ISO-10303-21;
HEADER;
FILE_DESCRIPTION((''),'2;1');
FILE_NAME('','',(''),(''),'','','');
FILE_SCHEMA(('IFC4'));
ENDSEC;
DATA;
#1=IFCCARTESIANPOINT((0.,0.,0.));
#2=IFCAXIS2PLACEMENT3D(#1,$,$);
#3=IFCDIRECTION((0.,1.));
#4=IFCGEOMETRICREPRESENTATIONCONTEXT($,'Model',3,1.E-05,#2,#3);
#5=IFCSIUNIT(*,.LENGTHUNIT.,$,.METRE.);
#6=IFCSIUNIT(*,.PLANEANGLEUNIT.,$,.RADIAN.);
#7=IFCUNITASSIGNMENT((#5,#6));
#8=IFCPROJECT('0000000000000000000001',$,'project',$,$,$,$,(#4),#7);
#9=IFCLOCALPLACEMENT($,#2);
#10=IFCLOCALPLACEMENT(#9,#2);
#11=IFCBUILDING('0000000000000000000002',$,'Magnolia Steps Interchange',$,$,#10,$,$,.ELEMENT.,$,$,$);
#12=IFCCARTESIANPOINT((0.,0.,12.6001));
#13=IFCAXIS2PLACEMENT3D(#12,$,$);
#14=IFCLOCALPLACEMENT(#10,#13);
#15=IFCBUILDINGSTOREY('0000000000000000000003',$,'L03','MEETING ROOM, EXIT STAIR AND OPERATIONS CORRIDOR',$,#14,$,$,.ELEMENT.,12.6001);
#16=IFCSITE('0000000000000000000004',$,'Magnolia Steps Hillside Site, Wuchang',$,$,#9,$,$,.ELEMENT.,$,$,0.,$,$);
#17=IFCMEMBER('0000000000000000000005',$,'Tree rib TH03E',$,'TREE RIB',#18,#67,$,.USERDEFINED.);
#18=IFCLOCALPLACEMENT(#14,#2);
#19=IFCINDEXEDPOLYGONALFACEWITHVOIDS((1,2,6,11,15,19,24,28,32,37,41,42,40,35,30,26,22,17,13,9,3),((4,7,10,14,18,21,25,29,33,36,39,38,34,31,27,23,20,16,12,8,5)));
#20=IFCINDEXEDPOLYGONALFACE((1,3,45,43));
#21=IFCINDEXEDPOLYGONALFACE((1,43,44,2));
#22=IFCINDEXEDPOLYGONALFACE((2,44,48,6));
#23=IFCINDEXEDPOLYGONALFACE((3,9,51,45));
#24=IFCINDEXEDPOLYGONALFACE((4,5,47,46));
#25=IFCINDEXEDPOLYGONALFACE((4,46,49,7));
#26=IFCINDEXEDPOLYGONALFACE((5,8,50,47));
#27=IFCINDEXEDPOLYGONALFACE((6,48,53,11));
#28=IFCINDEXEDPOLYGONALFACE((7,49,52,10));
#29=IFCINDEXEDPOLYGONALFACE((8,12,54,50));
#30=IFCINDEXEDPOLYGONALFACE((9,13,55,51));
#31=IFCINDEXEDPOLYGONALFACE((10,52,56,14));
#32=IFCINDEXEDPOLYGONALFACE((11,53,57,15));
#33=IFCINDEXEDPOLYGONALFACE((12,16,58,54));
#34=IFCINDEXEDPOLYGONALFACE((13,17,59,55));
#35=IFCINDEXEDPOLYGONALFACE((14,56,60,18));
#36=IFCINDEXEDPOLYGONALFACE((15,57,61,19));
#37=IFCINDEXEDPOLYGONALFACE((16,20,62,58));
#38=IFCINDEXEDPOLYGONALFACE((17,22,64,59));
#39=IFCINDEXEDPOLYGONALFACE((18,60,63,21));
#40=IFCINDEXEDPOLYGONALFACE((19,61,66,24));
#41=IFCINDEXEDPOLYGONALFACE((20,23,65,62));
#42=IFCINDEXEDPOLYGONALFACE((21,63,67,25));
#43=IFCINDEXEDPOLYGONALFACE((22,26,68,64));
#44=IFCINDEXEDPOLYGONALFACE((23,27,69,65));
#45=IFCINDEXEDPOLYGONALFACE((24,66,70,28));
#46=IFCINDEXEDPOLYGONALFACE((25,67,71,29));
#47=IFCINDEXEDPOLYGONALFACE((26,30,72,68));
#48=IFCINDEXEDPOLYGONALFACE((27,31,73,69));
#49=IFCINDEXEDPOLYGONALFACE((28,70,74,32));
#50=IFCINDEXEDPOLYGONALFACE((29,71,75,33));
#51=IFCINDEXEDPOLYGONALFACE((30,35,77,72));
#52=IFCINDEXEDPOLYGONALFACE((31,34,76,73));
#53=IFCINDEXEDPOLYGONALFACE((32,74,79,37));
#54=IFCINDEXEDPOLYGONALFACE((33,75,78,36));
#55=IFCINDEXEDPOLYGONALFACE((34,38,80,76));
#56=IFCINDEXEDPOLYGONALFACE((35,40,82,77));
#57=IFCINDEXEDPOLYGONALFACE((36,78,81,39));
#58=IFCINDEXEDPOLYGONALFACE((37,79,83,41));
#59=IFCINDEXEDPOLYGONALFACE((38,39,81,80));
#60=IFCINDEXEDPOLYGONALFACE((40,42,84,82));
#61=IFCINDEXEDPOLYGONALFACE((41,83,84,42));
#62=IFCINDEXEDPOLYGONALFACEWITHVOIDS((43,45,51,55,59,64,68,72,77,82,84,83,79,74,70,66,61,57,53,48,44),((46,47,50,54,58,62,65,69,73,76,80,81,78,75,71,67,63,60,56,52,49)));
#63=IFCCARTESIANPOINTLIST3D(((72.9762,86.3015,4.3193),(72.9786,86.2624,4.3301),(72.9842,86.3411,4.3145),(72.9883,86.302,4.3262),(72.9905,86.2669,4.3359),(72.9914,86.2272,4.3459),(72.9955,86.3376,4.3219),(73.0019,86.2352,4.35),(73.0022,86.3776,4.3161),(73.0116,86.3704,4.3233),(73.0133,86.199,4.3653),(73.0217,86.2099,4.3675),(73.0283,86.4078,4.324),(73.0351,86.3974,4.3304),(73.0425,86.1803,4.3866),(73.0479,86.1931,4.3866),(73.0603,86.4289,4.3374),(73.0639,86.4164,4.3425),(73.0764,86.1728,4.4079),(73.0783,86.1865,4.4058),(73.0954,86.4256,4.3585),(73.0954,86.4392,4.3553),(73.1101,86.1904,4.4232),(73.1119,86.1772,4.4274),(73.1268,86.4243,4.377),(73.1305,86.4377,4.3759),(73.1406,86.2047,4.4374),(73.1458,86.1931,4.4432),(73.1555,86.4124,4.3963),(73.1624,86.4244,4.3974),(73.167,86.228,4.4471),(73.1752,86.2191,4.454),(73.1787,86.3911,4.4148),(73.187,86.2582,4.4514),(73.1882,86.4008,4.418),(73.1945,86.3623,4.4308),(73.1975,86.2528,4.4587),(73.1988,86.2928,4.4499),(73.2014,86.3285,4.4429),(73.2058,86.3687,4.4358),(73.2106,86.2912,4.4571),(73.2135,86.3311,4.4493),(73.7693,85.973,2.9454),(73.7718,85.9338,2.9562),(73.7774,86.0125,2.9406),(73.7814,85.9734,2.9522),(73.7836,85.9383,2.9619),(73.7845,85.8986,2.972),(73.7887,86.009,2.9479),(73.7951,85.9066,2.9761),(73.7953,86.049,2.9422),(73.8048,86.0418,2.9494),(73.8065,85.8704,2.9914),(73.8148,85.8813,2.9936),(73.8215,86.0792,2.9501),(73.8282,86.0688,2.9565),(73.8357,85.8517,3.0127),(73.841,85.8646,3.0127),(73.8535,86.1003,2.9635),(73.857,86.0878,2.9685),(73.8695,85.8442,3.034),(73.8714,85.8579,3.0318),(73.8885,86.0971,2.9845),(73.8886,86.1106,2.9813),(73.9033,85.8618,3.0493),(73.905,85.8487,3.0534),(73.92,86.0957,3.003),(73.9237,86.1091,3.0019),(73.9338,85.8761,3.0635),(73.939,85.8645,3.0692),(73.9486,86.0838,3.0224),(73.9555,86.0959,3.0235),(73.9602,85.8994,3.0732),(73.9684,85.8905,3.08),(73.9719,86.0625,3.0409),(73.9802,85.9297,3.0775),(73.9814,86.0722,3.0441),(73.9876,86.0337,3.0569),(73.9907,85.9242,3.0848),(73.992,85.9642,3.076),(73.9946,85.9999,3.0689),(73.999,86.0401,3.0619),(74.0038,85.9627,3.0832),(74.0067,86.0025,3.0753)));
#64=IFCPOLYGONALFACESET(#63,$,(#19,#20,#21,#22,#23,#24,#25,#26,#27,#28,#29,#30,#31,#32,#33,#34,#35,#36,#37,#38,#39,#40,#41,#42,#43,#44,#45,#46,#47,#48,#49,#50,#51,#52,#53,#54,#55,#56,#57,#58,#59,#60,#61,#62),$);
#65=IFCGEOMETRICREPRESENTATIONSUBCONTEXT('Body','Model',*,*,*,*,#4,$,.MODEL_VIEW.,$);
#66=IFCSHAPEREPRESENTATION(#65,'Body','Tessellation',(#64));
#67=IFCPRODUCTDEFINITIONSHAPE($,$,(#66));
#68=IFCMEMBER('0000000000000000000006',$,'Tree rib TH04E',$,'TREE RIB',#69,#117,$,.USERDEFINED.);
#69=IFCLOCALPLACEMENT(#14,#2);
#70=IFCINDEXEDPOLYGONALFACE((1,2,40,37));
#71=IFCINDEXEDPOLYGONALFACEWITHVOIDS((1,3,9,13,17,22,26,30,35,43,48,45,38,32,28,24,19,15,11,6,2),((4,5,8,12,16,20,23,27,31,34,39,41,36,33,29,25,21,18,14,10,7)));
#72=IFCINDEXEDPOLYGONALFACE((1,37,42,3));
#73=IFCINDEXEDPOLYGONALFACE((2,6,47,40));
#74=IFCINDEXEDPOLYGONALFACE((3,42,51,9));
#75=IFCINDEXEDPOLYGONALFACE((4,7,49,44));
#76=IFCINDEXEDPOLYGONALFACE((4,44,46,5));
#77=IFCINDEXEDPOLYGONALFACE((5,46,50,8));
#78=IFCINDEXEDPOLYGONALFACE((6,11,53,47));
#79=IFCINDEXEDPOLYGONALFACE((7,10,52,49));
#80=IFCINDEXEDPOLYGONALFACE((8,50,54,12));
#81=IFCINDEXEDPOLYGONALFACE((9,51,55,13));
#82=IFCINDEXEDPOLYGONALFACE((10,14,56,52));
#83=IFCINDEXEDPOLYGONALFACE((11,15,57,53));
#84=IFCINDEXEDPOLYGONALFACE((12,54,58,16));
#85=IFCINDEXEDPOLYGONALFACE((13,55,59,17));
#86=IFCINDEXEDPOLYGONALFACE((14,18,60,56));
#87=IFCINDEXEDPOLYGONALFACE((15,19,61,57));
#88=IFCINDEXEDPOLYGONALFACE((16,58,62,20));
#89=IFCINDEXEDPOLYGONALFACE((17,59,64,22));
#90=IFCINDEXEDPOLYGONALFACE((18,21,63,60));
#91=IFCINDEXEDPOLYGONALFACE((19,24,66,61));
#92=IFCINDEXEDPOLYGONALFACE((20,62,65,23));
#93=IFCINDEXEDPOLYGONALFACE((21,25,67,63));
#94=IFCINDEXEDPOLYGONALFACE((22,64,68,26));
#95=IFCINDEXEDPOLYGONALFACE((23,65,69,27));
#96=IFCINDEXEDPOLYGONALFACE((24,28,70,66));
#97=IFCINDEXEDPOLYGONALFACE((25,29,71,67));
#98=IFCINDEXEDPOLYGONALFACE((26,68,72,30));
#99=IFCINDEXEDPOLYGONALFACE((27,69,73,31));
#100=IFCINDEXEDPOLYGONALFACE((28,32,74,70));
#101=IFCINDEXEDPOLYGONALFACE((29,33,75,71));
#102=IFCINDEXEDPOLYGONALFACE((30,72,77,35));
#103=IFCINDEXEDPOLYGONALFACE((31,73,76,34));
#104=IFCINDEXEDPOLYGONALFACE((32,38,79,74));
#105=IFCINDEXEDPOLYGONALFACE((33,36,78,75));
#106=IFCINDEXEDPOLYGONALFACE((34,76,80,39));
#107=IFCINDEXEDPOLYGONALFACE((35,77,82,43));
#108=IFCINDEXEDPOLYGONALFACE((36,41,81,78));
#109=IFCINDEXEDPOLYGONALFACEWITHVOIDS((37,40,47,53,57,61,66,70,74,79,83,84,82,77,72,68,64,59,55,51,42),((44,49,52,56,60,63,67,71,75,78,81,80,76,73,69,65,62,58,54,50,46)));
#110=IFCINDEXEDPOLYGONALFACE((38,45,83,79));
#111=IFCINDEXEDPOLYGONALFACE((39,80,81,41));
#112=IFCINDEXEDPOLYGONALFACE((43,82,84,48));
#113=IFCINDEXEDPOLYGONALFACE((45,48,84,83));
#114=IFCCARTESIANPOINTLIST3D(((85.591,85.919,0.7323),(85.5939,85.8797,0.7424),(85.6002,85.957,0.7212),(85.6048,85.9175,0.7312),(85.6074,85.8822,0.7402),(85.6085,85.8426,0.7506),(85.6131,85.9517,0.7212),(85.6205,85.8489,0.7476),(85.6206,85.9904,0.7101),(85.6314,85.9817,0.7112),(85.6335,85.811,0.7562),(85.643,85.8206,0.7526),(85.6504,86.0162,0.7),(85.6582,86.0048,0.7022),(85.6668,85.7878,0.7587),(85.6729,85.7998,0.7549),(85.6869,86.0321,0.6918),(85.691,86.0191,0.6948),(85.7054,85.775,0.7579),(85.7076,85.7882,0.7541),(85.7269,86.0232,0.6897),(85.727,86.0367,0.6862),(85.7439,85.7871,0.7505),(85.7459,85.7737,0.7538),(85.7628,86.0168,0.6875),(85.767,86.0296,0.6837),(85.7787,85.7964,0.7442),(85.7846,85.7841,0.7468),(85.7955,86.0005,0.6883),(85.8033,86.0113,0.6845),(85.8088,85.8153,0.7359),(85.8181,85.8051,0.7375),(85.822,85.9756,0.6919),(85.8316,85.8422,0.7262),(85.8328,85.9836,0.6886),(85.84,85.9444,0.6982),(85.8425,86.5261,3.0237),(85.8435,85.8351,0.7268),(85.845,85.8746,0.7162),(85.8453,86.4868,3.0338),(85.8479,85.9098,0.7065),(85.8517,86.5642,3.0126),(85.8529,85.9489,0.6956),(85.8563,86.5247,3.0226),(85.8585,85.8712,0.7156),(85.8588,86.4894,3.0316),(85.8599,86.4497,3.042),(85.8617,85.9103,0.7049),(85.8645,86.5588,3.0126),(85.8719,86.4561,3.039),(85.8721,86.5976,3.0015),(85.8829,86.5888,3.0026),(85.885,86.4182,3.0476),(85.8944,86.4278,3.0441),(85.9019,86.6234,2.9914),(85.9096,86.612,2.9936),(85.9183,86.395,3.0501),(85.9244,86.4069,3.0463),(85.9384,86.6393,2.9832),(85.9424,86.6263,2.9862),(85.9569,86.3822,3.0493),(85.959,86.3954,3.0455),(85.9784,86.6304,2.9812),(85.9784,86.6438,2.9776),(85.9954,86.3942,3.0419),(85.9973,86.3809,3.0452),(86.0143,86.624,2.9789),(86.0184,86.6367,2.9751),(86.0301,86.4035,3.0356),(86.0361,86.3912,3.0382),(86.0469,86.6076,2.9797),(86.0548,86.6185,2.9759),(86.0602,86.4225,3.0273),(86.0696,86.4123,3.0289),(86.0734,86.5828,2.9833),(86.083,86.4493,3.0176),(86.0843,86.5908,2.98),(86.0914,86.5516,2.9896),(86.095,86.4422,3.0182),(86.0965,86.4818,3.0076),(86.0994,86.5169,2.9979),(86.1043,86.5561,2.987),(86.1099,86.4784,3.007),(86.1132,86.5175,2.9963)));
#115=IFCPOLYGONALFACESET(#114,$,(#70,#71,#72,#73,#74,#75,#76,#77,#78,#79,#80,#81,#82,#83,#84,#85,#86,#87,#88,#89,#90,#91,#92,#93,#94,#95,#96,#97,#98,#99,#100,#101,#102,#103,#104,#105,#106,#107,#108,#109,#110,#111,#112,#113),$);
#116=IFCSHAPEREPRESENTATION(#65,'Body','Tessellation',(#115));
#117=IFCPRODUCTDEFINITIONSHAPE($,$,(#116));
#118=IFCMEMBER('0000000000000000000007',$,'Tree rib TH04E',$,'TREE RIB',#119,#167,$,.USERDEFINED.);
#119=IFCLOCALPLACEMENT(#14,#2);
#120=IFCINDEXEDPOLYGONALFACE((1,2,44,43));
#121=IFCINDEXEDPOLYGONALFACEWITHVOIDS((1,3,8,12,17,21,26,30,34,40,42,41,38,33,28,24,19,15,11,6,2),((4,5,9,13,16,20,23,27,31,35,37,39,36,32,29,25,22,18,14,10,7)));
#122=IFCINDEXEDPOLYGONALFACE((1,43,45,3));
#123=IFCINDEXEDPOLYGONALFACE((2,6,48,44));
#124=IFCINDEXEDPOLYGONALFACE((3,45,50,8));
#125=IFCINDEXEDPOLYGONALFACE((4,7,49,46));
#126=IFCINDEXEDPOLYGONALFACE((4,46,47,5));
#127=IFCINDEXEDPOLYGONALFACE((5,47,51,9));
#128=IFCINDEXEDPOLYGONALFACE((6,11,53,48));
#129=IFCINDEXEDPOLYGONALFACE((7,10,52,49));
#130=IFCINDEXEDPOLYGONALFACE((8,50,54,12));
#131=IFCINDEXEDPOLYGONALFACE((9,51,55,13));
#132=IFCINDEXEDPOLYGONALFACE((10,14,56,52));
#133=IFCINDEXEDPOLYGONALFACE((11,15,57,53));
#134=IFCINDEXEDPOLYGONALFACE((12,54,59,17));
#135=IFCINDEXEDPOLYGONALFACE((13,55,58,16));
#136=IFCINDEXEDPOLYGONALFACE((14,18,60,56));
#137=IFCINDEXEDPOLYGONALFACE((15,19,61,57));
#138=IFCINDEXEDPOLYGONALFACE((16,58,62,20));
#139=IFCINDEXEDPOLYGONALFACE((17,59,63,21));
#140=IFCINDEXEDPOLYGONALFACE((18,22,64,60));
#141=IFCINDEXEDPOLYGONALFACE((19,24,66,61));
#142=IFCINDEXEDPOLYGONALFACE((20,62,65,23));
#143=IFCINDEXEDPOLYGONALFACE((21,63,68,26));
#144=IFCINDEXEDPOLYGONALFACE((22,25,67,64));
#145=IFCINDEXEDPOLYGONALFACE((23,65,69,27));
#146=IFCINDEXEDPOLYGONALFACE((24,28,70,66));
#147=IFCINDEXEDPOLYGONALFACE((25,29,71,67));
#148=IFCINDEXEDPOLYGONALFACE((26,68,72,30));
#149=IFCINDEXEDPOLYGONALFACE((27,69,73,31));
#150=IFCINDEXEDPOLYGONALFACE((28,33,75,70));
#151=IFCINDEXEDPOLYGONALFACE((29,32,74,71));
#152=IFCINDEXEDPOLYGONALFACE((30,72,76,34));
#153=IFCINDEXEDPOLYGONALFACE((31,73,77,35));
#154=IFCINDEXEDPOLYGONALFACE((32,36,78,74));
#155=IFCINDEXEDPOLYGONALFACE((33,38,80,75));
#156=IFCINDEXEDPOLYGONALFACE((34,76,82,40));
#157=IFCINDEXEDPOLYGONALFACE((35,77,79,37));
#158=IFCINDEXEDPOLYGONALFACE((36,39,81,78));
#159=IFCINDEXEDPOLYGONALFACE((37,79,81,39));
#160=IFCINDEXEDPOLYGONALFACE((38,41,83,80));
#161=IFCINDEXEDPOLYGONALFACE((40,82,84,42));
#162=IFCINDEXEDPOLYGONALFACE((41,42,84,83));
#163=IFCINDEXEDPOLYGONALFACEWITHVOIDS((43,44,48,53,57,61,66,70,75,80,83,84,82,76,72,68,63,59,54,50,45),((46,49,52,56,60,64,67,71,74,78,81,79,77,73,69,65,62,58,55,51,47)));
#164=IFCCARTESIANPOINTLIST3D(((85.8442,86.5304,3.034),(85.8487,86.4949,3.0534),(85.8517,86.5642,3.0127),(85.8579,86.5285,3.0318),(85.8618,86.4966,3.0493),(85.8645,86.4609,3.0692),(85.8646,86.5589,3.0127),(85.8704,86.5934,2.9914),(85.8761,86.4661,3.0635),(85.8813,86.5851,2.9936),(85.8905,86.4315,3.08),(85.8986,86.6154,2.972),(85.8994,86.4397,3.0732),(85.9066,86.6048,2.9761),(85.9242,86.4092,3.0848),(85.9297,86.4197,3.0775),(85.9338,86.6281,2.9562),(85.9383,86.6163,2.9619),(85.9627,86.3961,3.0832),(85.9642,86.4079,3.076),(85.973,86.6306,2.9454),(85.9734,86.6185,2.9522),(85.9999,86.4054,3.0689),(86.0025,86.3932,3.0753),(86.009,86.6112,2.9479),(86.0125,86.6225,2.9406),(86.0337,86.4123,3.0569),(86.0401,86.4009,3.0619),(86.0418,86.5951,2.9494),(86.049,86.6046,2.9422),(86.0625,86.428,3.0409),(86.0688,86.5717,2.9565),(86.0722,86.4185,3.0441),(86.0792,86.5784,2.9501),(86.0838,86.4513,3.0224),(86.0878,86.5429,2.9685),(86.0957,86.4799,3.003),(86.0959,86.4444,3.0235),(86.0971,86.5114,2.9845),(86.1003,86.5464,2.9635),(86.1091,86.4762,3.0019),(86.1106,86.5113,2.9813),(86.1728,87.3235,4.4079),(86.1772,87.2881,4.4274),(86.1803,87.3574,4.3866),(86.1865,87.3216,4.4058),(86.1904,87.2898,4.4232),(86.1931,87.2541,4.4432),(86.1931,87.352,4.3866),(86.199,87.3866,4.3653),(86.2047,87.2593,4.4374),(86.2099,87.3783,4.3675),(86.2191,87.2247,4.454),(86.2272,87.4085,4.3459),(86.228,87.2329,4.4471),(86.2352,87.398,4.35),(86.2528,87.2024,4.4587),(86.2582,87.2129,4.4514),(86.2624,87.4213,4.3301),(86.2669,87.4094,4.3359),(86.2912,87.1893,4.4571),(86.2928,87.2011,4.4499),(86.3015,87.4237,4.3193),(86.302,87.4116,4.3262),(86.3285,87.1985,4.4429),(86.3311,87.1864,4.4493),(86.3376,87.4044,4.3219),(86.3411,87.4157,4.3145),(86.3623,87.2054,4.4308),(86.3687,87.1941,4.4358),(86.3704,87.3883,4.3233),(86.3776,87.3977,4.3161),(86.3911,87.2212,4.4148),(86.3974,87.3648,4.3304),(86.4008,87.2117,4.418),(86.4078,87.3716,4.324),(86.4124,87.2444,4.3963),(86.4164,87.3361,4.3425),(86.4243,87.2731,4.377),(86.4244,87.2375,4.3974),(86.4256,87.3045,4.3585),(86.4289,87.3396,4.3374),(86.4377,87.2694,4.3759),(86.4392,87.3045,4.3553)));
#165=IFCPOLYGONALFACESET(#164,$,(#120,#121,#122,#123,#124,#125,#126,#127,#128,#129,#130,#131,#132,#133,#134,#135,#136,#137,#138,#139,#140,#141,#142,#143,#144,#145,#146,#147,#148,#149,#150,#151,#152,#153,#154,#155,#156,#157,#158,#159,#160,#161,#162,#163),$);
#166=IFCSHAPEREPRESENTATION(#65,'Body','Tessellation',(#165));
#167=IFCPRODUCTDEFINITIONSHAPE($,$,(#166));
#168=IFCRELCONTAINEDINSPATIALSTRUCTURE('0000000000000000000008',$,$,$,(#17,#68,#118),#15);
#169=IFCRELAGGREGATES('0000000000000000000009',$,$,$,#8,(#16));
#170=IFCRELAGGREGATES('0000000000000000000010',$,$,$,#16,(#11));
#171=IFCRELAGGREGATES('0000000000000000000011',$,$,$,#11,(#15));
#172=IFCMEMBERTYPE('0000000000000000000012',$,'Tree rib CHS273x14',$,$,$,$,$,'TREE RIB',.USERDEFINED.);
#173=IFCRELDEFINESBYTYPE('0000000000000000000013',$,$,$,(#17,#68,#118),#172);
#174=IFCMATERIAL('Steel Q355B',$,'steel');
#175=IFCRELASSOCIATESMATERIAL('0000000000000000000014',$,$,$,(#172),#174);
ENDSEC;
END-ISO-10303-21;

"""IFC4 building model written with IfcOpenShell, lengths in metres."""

from ifc_helpers import new_model, si_unit, direction, frame, origin, origin_2d, place, context, subcontext, project, spatial, hollow_circle, extrude, material, material_profile, profile_set, type_object, element, save


model = new_model("IFC4")

# Units and contexts
model_context = context("Model", 3, precision=1e-05, world=origin(), true_north=direction((0.0, 1.0)))
body_context = subcontext(model_context, "Body", "Model", "MODEL_VIEW")
ifc_project = project(units=[si_unit("LENGTHUNIT", "METRE"), si_unit("PLANEANGLEUNIT", "RADIAN")], contexts=[model_context])

# Site, building, storey
site_placement = place(None, origin())
site = spatial("IfcSite", under=ifc_project, at=site_placement, Name="Magnolia Steps Hillside Site, Wuchang", CompositionType="ELEMENT", RefElevation=0.0)
building_placement = place(site_placement, origin())
building = spatial("IfcBuilding", under=site, at=building_placement, Name="Magnolia Steps Interchange", CompositionType="ELEMENT")
storey_placement = place(building_placement, frame((0.0, 0.0, 12.6001)))
storey = spatial("IfcBuildingStorey", under=building, at=storey_placement, Name="L03", Description="MEETING ROOM, EXIT STAIR AND OPERATIONS CORRIDOR", CompositionType="ELEMENT", Elevation=12.6001)

# Members
ifc_material_1 = material(Name="Steel Q355B", Category="steel")
ifc_material_profile = material_profile(ifc_material_1, hollow_circle(Radius=0.1365, WallThickness=0.0139, at=origin_2d()), Name="CHS273x14")
ifc_profile_set = profile_set([ifc_material_profile], Name="Steel Q355B")
member_type = type_object("IfcMemberType", Name="Tree rib CHS273x14", ElementType="TREE RIB", PredefinedType="USERDEFINED", material=ifc_profile_set)
for number, where, z_axis, x_axis, name in (
    (1, (73.8879, 85.9778, 3.0127), (-0.489571, 0.20282, 0.848047), (-0.382737, -0.923857, 0.0), "Tree rib TH03E"),
):
    element("IfcMember", number, at=place(storey_placement, frame(where, z_axis=z_axis, x_axis=x_axis)), inside=storey, type_object=member_type, Name=name, ObjectType="TREE RIB", PredefinedType="USERDEFINED", context=body_context, shape_type="SweptSolid", body=[
        extrude(hollow_circle(Radius=0.1365, WallThickness=0.0139, at=origin_2d()), origin(), (0.0, 0.0, 1.0), 1.6201),
    ])
member_1_placement = place(storey_placement, frame((85.7263, 85.9048, 0.7212), z_axis=(0.105485, 0.254701, 0.961249), x_axis=(-0.923899, 0.382636, 0.0)))
element("IfcMember", 2, at=member_1_placement, inside=storey, type_object=member_type, Name="Tree rib TH04E", ObjectType="TREE RIB", PredefinedType="USERDEFINED", context=body_context, shape_type="SweptSolid", body=[
    extrude(hollow_circle(Radius=0.1365, WallThickness=0.0139, at=origin_2d()), origin(), (0.0, 0.0, 1.0), 2.3838),
])
member_2_placement = place(storey_placement, frame((85.9778, 86.512, 3.0127), z_axis=(0.20282, 0.489571, 0.848047), x_axis=(-0.923857, 0.382737, 0.0)))
element("IfcMember", 3, at=member_2_placement, inside=storey, type_object=member_type, Name="Tree rib TH04E", ObjectType="TREE RIB", PredefinedType="USERDEFINED", context=body_context, shape_type="SweptSolid", body=[
    extrude(hollow_circle(Radius=0.1365, WallThickness=0.0139, at=origin_2d()), origin(), (0.0, 0.0, 1.0), 1.6201),
])

save(model, "model.ifc")
